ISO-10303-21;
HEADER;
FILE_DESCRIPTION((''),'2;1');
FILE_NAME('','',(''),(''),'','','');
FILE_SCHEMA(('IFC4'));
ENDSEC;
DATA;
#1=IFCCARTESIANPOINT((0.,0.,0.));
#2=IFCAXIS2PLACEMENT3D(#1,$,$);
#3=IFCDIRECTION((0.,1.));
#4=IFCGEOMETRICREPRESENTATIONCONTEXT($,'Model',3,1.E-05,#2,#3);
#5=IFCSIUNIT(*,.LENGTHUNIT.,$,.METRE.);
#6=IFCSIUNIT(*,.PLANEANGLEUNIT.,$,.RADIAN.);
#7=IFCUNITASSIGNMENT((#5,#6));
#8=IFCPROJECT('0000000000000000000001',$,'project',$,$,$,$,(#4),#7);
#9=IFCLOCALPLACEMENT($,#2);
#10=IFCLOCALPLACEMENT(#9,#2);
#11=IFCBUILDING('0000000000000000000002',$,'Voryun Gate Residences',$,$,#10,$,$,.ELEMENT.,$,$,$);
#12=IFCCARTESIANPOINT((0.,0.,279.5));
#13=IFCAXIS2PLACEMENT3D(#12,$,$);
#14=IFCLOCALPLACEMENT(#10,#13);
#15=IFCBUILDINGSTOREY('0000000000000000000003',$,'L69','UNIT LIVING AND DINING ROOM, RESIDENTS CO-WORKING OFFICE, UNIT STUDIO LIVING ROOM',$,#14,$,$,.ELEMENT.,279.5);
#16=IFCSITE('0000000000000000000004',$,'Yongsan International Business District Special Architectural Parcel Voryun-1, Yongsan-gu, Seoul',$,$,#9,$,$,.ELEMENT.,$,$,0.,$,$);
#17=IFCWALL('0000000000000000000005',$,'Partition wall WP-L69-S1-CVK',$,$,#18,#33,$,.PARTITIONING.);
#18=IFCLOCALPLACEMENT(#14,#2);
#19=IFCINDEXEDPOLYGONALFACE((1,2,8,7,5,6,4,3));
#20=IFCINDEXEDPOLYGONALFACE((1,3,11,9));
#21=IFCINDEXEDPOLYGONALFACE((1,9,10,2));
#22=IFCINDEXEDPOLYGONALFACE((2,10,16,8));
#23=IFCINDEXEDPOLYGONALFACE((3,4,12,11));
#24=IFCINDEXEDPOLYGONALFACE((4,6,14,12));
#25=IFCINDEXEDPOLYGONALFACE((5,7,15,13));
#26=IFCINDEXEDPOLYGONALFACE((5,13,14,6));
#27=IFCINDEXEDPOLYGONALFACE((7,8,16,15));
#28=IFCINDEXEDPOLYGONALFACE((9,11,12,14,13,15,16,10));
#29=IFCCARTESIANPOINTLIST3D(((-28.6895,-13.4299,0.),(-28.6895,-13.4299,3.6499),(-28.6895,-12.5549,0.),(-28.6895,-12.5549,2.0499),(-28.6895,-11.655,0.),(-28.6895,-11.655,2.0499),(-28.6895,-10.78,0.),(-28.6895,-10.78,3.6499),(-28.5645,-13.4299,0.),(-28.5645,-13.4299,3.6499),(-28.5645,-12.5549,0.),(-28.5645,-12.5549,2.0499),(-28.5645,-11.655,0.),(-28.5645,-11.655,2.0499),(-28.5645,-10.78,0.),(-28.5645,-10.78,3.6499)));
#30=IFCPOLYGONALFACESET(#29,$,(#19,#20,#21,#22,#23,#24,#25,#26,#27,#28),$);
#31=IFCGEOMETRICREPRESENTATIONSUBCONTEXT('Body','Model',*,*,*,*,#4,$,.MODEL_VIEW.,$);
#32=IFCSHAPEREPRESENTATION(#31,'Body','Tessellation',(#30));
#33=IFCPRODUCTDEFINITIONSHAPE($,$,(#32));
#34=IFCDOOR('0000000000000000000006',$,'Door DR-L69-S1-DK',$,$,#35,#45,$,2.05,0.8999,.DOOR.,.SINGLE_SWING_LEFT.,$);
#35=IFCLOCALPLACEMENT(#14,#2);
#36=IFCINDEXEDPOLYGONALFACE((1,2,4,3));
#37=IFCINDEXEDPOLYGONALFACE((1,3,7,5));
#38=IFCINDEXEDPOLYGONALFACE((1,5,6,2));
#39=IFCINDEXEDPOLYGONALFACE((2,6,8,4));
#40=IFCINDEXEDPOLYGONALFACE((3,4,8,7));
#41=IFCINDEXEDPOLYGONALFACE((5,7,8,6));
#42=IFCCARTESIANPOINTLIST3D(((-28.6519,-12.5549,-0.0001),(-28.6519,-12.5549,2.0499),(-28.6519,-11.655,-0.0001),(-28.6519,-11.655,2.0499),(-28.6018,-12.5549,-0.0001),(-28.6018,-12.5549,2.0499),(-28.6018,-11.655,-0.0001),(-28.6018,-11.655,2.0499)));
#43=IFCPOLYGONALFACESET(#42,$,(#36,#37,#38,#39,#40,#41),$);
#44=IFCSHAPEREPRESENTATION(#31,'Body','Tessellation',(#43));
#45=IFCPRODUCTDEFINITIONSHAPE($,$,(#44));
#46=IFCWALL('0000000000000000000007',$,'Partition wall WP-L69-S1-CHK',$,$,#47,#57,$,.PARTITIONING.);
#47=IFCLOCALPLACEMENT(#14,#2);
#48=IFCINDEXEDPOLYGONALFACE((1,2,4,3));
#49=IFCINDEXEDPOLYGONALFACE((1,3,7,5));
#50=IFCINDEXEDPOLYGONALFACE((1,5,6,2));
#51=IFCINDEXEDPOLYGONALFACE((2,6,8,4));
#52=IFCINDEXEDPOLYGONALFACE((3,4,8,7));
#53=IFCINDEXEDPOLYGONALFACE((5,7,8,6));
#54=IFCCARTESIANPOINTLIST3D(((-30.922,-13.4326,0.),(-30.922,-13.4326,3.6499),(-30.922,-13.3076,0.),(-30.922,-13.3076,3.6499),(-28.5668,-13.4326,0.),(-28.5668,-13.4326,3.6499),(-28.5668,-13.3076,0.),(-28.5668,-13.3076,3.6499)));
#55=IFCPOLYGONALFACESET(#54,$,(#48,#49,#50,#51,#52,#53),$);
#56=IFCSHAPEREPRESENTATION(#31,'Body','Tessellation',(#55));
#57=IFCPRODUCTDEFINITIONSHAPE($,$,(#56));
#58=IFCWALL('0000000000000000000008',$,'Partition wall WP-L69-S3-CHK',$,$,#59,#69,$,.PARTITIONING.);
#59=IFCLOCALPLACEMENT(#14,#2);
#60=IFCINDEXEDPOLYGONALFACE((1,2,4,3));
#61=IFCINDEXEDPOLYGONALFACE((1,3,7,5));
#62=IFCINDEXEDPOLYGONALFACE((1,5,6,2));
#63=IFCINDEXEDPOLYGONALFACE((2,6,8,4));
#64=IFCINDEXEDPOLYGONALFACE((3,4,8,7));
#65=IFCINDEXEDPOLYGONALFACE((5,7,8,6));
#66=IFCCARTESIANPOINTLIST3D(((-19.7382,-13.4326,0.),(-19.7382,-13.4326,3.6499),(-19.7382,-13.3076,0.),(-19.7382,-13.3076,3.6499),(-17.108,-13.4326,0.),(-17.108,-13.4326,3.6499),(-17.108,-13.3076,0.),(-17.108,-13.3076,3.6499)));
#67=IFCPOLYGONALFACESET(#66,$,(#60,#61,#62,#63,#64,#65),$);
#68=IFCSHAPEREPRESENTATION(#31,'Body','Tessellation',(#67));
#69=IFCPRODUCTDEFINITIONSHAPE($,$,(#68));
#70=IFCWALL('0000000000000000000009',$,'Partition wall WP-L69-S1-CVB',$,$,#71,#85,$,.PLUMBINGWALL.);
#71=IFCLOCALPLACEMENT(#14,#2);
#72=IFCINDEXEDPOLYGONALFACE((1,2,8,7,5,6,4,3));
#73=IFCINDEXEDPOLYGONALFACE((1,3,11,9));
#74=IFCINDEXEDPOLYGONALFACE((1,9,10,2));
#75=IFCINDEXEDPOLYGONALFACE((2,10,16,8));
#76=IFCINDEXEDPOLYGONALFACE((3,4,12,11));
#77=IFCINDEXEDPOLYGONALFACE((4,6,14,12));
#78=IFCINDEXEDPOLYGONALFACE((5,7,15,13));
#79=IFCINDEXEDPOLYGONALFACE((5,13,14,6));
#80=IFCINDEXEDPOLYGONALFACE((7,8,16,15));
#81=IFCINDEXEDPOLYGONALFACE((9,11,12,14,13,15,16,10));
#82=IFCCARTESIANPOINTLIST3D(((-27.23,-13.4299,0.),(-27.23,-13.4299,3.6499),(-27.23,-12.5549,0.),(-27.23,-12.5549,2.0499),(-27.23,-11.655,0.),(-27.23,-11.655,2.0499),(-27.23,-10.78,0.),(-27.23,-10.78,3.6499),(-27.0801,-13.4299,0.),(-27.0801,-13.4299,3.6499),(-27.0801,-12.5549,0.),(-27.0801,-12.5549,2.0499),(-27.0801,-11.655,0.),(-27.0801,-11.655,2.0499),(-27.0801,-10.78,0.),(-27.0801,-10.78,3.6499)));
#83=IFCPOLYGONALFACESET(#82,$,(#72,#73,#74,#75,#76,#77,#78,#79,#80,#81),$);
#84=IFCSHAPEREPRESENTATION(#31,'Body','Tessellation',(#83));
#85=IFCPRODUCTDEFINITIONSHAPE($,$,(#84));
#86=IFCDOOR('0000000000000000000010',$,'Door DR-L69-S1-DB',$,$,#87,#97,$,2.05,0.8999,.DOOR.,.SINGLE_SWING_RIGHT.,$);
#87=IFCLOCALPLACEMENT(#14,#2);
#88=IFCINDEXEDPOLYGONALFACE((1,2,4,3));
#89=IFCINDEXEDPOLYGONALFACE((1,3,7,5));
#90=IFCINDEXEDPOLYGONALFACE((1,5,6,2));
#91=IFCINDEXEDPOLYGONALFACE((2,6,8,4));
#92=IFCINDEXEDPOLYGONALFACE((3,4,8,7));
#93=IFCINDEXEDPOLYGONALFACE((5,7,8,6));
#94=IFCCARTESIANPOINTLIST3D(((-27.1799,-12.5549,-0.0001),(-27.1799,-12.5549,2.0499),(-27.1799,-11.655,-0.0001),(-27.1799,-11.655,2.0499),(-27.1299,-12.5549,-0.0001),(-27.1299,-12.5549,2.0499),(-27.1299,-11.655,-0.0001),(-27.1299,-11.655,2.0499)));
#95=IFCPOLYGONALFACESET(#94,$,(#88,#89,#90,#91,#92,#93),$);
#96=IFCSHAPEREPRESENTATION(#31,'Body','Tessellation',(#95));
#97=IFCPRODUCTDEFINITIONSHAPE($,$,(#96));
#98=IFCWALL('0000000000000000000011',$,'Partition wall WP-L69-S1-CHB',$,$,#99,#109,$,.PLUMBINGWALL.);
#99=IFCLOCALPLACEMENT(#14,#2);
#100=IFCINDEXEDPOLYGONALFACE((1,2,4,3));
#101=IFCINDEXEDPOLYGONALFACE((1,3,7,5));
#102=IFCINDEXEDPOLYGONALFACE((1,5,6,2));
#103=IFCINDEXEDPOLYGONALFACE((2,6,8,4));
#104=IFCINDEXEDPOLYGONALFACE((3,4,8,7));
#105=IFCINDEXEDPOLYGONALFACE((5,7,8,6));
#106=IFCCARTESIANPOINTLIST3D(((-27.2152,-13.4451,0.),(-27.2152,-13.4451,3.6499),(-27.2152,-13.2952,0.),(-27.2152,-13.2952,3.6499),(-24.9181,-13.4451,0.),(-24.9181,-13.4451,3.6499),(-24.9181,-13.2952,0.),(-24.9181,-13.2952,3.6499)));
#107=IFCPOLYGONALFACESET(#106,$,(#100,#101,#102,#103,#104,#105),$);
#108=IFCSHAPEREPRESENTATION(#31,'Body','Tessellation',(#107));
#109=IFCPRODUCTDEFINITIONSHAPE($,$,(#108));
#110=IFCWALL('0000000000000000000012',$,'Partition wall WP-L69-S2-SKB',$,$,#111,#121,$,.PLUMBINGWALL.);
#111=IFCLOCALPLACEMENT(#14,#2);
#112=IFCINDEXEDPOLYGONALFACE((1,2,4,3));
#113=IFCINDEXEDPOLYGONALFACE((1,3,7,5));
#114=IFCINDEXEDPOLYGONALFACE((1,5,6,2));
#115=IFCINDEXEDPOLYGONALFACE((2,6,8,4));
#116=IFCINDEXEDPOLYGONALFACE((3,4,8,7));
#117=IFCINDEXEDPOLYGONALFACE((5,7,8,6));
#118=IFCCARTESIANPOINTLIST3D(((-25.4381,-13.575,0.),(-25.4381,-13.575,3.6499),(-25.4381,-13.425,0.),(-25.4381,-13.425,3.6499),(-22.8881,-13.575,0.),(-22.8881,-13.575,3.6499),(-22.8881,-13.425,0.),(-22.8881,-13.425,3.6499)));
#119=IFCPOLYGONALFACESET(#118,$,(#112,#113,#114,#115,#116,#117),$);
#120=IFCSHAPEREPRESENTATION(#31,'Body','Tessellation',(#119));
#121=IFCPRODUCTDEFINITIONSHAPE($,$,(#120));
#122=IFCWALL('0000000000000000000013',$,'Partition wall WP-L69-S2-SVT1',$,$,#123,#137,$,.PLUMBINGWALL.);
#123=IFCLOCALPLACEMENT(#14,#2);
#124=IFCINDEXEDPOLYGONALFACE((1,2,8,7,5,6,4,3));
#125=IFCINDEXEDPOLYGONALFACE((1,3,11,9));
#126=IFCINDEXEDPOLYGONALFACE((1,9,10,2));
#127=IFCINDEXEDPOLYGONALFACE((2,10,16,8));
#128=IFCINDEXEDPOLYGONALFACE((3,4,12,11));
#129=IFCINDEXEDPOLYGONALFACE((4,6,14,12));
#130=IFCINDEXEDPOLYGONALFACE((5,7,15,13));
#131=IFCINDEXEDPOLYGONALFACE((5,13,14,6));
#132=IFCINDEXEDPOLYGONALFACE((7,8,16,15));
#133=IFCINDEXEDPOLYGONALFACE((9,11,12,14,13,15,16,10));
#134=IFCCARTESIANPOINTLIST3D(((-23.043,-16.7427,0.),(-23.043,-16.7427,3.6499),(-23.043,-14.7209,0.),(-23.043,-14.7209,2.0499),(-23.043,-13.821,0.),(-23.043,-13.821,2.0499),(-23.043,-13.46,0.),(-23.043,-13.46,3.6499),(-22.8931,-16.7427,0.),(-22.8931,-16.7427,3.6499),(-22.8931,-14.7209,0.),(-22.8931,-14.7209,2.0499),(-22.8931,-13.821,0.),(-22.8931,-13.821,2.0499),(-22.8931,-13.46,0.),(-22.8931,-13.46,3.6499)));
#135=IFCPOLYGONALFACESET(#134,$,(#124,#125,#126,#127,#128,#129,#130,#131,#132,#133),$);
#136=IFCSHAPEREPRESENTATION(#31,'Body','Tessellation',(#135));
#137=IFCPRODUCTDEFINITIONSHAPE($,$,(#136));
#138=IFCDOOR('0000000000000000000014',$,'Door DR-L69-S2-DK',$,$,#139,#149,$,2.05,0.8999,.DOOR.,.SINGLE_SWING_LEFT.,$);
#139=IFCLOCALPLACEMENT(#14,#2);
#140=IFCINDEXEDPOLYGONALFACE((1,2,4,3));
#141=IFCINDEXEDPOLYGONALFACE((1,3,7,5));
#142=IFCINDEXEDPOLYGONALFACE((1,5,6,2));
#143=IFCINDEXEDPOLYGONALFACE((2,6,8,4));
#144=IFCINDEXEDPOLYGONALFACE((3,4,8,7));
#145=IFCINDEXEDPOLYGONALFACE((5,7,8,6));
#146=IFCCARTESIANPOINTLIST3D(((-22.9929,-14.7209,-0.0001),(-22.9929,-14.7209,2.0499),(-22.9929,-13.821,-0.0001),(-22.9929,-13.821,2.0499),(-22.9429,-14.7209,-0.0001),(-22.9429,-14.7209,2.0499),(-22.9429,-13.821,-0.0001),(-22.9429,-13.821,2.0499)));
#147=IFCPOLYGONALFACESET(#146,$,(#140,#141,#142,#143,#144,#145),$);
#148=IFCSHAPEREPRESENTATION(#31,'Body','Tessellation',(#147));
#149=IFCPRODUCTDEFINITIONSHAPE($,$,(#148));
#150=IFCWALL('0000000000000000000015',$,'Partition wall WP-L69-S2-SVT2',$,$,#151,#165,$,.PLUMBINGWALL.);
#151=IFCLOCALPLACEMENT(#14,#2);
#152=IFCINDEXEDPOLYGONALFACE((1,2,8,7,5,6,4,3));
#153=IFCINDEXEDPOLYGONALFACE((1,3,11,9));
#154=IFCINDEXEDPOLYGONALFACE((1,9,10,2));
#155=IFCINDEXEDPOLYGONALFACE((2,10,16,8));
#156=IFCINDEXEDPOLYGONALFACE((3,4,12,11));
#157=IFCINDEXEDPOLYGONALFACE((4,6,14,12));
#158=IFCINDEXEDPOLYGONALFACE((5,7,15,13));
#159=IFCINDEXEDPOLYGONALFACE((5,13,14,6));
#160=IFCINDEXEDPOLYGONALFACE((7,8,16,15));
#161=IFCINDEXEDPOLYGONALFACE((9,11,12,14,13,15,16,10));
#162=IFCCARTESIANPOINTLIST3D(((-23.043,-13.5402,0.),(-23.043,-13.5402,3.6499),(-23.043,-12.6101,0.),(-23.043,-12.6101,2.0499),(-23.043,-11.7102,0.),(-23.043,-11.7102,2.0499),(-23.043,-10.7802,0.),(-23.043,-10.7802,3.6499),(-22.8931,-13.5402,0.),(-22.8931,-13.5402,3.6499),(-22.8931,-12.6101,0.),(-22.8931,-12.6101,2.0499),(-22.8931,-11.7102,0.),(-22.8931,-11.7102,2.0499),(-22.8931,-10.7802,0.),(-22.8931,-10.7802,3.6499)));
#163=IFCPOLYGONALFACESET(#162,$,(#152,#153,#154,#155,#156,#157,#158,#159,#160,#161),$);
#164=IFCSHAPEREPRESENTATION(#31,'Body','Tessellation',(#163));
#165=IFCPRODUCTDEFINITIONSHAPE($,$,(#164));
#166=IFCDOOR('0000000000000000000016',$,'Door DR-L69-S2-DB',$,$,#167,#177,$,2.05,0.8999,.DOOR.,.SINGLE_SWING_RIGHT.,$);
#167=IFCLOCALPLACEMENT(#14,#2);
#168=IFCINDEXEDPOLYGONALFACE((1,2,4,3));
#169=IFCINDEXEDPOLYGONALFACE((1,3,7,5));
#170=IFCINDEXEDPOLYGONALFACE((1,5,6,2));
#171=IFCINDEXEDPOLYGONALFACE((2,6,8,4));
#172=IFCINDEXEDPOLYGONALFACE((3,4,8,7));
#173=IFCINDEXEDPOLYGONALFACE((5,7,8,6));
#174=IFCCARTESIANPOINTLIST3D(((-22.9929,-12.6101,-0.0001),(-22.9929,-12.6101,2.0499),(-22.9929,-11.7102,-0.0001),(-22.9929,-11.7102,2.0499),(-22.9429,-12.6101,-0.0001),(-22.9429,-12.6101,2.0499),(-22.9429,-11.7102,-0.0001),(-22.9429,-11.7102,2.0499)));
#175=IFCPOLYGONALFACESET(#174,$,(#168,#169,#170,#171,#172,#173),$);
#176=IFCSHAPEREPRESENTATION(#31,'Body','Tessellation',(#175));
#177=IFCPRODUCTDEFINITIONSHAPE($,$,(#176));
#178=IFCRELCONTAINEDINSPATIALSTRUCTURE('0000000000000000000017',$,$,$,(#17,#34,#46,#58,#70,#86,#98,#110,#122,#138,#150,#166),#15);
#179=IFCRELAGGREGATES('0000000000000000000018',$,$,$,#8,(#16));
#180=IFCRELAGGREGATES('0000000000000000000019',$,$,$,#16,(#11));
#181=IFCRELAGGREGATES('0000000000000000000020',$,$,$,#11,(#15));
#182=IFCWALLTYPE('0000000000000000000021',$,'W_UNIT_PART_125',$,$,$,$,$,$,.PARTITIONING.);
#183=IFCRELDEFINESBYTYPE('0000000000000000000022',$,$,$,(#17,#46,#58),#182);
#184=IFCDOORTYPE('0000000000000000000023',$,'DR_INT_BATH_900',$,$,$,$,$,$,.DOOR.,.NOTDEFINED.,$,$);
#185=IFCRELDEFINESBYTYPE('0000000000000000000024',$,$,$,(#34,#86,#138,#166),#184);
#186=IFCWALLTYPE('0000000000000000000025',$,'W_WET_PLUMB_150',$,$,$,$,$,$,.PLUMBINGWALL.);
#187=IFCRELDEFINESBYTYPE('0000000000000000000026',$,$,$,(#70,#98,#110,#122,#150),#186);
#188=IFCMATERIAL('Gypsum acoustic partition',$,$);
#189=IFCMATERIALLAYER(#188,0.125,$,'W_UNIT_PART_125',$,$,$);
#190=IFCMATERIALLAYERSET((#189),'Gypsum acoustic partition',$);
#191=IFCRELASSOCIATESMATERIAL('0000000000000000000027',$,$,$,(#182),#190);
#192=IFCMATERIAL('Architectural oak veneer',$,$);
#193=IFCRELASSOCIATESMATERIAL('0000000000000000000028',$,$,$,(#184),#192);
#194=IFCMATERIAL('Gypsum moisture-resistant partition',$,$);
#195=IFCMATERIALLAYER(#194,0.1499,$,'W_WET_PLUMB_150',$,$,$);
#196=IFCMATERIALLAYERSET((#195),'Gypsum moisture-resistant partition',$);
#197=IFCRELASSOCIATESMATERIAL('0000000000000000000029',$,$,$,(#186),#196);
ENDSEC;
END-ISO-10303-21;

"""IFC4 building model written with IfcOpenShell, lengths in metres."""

from ifc_helpers import new_model, si_unit, direction, frame, frame_2d, origin, place, context, subcontext, project, spatial, rectangle, extrude, material, layer, layer_set, type_object, element, fill, save


model = new_model("IFC4")

# Units and contexts
model_context = context("Model", 3, precision=1e-05, world=origin(), true_north=direction((0.0, 1.0)))
body_context = subcontext(model_context, "Body", "Model", "MODEL_VIEW")
ifc_project = project(units=[si_unit("LENGTHUNIT", "METRE"), si_unit("PLANEANGLEUNIT", "RADIAN")], contexts=[model_context])

# Site, building, storey
site_placement = place(None, origin())
site = spatial("IfcSite", under=ifc_project, at=site_placement, Name="Yongsan International Business District Special Architectural Parcel Voryun-1, Yongsan-gu, Seoul", CompositionType="ELEMENT", RefElevation=0.0)
building_placement = place(site_placement, origin())
building = spatial("IfcBuilding", under=site, at=building_placement, Name="Voryun Gate Residences", CompositionType="ELEMENT")
storey_placement = place(building_placement, frame((0.0, 0.0, 279.5)))
storey = spatial("IfcBuildingStorey", under=building, at=storey_placement, Name="L69", Description="UNIT LIVING AND DINING ROOM, RESIDENTS CO-WORKING OFFICE, UNIT STUDIO LIVING ROOM", CompositionType="ELEMENT", Elevation=279.5)

# Wall, opening, door
ifc_material_1 = material(Name="Gypsum acoustic partition")
ifc_layer_1 = layer(ifc_material_1, 0.125, Name="W_UNIT_PART_125")
ifc_layer_set_1 = layer_set([ifc_layer_1], Name="Gypsum acoustic partition")
wall_type_1 = type_object("IfcWallType", Name="W_UNIT_PART_125", PredefinedType="PARTITIONING", material=ifc_layer_set_1)
wall_1_placement = place(storey_placement, frame((-28.627, -13.4299, 0.0), z_axis=(0.0, 0.0, 1.0), x_axis=(0.0, 1.0, 0.0)))
wall_1 = element("IfcWall", 1, at=wall_1_placement, inside=storey, type_object=wall_type_1, Name="Partition wall WP-L69-S1-CVK", PredefinedType="PARTITIONING", context=body_context, shape_type="SweptSolid", body=[
    extrude(rectangle(XDim=2.6499, YDim=0.125, at=frame_2d((1.325, 0.0))), origin(), (0.0, 0.0, 1.0), 3.6499),
])
opening_1_placement = place(wall_1_placement, frame((0.875, 0.0, 0.0)))
opening_1 = element("IfcOpeningElement", 2, at=opening_1_placement, cuts=wall_1, PredefinedType="OPENING", context=body_context, shape_type="SweptSolid", body=[
    extrude(rectangle(XDim=0.8999, YDim=2.05, at=frame_2d((0.45, 1.0249))), frame((0.0, 0.0725, 0.0), z_axis=(0.0, -1.0, 0.0), x_axis=(1.0, 0.0, 0.0)), (0.0, 0.0, 1.0), 0.145),
])
ifc_material_2 = material(Name="Architectural oak veneer")
door_type = type_object("IfcDoorType", Name="DR_INT_BATH_900", OperationType="NOTDEFINED", PredefinedType="DOOR", material=ifc_material_2)
door_1_placement = place(opening_1_placement, origin())
door_1 = element("IfcDoor", 3, at=door_1_placement, inside=storey, type_object=door_type, Name="Door DR-L69-S1-DK", OperationType="SINGLE_SWING_LEFT", OverallHeight=2.05, OverallWidth=0.8999, PredefinedType="DOOR", context=body_context, shape_type="SweptSolid", body=[
    extrude(rectangle(XDim=0.8999, YDim=2.05, at=frame_2d((0.45, 1.0249))), frame((0.0, 0.0249, 0.0), z_axis=(0.0, -1.0, 0.0), x_axis=(1.0, 0.0, 0.0)), (0.0, 0.0, 1.0), 0.05),
])
fill(opening_1, door_1)

# Walls
wall_2_placement = place(storey_placement, frame((-30.9221, -13.3701, 0.0), z_axis=(0.0, 0.0, 1.0), x_axis=(1.0, 0.0, 0.0)))
element("IfcWall", 4, at=wall_2_placement, inside=storey, type_object=wall_type_1, Name="Partition wall WP-L69-S1-CHK", PredefinedType="PARTITIONING", context=body_context, shape_type="SweptSolid", body=[
    extrude(rectangle(XDim=2.3552, YDim=0.125, at=frame_2d((1.1777, 0.0))), origin(), (0.0, 0.0, 1.0), 3.6499),
])
wall_3_placement = place(storey_placement, frame((-19.738, -13.3701, 0.0), z_axis=(0.0, 0.0, 1.0), x_axis=(1.0, 0.0, 0.0)))
element("IfcWall", 5, at=wall_3_placement, inside=storey, type_object=wall_type_1, Name="Partition wall WP-L69-S3-CHK", PredefinedType="PARTITIONING", context=body_context, shape_type="SweptSolid", body=[
    extrude(rectangle(XDim=2.6301, YDim=0.125, at=frame_2d((1.3149, 0.0))), origin(), (0.0, 0.0, 1.0), 3.6499),
])

# Wall, opening, door
ifc_material_3 = material(Name="Gypsum moisture-resistant partition")
ifc_layer_2 = layer(ifc_material_3, 0.1499, Name="W_WET_PLUMB_150")
ifc_layer_set_2 = layer_set([ifc_layer_2], Name="Gypsum moisture-resistant partition")
wall_type_2 = type_object("IfcWallType", Name="W_WET_PLUMB_150", PredefinedType="PLUMBINGWALL", material=ifc_layer_set_2)
wall_4_placement = place(storey_placement, frame((-27.155, -13.4299, 0.0), z_axis=(0.0, 0.0, 1.0), x_axis=(0.0, 1.0, 0.0)))
wall_4 = element("IfcWall", 6, at=wall_4_placement, inside=storey, type_object=wall_type_2, Name="Partition wall WP-L69-S1-CVB", PredefinedType="PLUMBINGWALL", context=body_context, shape_type="SweptSolid", body=[
    extrude(rectangle(XDim=2.6499, YDim=0.1499, at=frame_2d((1.325, 0.0))), origin(), (0.0, 0.0, 1.0), 3.6499),
])
opening_2_placement = place(wall_4_placement, frame((0.875, 0.0, 0.0)))
opening_2 = element("IfcOpeningElement", 7, at=opening_2_placement, cuts=wall_4, PredefinedType="OPENING", context=body_context, shape_type="SweptSolid", body=[
    extrude(rectangle(XDim=0.8999, YDim=2.05, at=frame_2d((0.45, 1.0249))), frame((0.0, 0.085, 0.0), z_axis=(0.0, -1.0, 0.0), x_axis=(1.0, 0.0, 0.0)), (0.0, 0.0, 1.0), 0.1699),
])
door_2_placement = place(opening_2_placement, origin())
door_2 = element("IfcDoor", 8, at=door_2_placement, inside=storey, type_object=door_type, Name="Door DR-L69-S1-DB", OperationType="SINGLE_SWING_RIGHT", OverallHeight=2.05, OverallWidth=0.8999, PredefinedType="DOOR", context=body_context, shape_type="SweptSolid", body=[
    extrude(rectangle(XDim=0.8999, YDim=2.05, at=frame_2d((0.45, 1.0249))), frame((0.0, 0.0249, 0.0), z_axis=(0.0, -1.0, 0.0), x_axis=(1.0, 0.0, 0.0)), (0.0, 0.0, 1.0), 0.05),
])
fill(opening_2, door_2)

# Walls
wall_5_placement = place(storey_placement, frame((-27.2151, -13.3701, 0.0), z_axis=(0.0, 0.0, 1.0), x_axis=(1.0, 0.0, 0.0)))
element("IfcWall", 9, at=wall_5_placement, inside=storey, type_object=wall_type_2, Name="Partition wall WP-L69-S1-CHB", PredefinedType="PLUMBINGWALL", context=body_context, shape_type="SweptSolid", body=[
    extrude(rectangle(XDim=2.2971, YDim=0.1499, at=frame_2d((1.1484, 0.0))), origin(), (0.0, 0.0, 1.0), 3.6499),
])
wall_6_placement = place(storey_placement, frame((-25.438, -13.5, 0.0), z_axis=(0.0, 0.0, 1.0), x_axis=(1.0, 0.0, 0.0)))
element("IfcWall", 10, at=wall_6_placement, inside=storey, type_object=wall_type_2, Name="Partition wall WP-L69-S2-SKB", PredefinedType="PLUMBINGWALL", context=body_context, shape_type="SweptSolid", body=[
    extrude(rectangle(XDim=2.55, YDim=0.1499, at=frame_2d((1.2749, 0.0))), origin(), (0.0, 0.0, 1.0), 3.6499),
])

# Walls, openings, doors
wall_7_placement = place(storey_placement, frame((-22.968, -16.7427, 0.0), z_axis=(0.0, 0.0, 1.0), x_axis=(0.0, 1.0, 0.0)))
wall_7 = element("IfcWall", 11, at=wall_7_placement, inside=storey, type_object=wall_type_2, Name="Partition wall WP-L69-S2-SVT1", PredefinedType="PLUMBINGWALL", context=body_context, shape_type="SweptSolid", body=[
    extrude(rectangle(XDim=3.2827, YDim=0.1499, at=frame_2d((1.6414, 0.0))), origin(), (0.0, 0.0, 1.0), 3.6499),
])
opening_3_placement = place(wall_7_placement, frame((2.0217, 0.0, 0.0)))
opening_3 = element("IfcOpeningElement", 12, at=opening_3_placement, cuts=wall_7, PredefinedType="OPENING", context=body_context, shape_type="SweptSolid", body=[
    extrude(rectangle(XDim=0.8999, YDim=2.05, at=frame_2d((0.45, 1.0249))), frame((0.0, 0.085, 0.0), z_axis=(0.0, -1.0, 0.0), x_axis=(1.0, 0.0, 0.0)), (0.0, 0.0, 1.0), 0.1699),
])
door_3_placement = place(opening_3_placement, origin())
door_3 = element("IfcDoor", 13, at=door_3_placement, inside=storey, type_object=door_type, Name="Door DR-L69-S2-DK", OperationType="SINGLE_SWING_LEFT", OverallHeight=2.05, OverallWidth=0.8999, PredefinedType="DOOR", context=body_context, shape_type="SweptSolid", body=[
    extrude(rectangle(XDim=0.8999, YDim=2.05, at=frame_2d((0.45, 1.0249))), frame((0.0, 0.0249, 0.0), z_axis=(0.0, -1.0, 0.0), x_axis=(1.0, 0.0, 0.0)), (0.0, 0.0, 1.0), 0.05),
])
fill(opening_3, door_3)
wall_8_placement = place(storey_placement, frame((-22.968, -13.54, 0.0), z_axis=(0.0, 0.0, 1.0), x_axis=(0.0, 1.0, 0.0)))
wall_8 = element("IfcWall", 14, at=wall_8_placement, inside=storey, type_object=wall_type_2, Name="Partition wall WP-L69-S2-SVT2", PredefinedType="PLUMBINGWALL", context=body_context, shape_type="SweptSolid", body=[
    extrude(rectangle(XDim=2.76, YDim=0.1499, at=frame_2d((1.3799, 0.0))), origin(), (0.0, 0.0, 1.0), 3.6499),
])
opening_4_placement = place(wall_8_placement, frame((0.9299, 0.0, 0.0)))
opening_4 = element("IfcOpeningElement", 15, at=opening_4_placement, cuts=wall_8, PredefinedType="OPENING", context=body_context, shape_type="SweptSolid", body=[
    extrude(rectangle(XDim=0.8999, YDim=2.05, at=frame_2d((0.45, 1.0249))), frame((0.0, 0.085, 0.0), z_axis=(0.0, -1.0, 0.0), x_axis=(1.0, 0.0, 0.0)), (0.0, 0.0, 1.0), 0.1699),
])
door_4_placement = place(opening_4_placement, origin())
door_4 = element("IfcDoor", 16, at=door_4_placement, inside=storey, type_object=door_type, Name="Door DR-L69-S2-DB", OperationType="SINGLE_SWING_RIGHT", OverallHeight=2.05, OverallWidth=0.8999, PredefinedType="DOOR", context=body_context, shape_type="SweptSolid", body=[
    extrude(rectangle(XDim=0.8999, YDim=2.05, at=frame_2d((0.45, 1.0249))), frame((0.0, 0.0249, 0.0), z_axis=(0.0, -1.0, 0.0), x_axis=(1.0, 0.0, 0.0)), (0.0, 0.0, 1.0), 0.05),
])
fill(opening_4, door_4)

save(model, "model.ifc")
